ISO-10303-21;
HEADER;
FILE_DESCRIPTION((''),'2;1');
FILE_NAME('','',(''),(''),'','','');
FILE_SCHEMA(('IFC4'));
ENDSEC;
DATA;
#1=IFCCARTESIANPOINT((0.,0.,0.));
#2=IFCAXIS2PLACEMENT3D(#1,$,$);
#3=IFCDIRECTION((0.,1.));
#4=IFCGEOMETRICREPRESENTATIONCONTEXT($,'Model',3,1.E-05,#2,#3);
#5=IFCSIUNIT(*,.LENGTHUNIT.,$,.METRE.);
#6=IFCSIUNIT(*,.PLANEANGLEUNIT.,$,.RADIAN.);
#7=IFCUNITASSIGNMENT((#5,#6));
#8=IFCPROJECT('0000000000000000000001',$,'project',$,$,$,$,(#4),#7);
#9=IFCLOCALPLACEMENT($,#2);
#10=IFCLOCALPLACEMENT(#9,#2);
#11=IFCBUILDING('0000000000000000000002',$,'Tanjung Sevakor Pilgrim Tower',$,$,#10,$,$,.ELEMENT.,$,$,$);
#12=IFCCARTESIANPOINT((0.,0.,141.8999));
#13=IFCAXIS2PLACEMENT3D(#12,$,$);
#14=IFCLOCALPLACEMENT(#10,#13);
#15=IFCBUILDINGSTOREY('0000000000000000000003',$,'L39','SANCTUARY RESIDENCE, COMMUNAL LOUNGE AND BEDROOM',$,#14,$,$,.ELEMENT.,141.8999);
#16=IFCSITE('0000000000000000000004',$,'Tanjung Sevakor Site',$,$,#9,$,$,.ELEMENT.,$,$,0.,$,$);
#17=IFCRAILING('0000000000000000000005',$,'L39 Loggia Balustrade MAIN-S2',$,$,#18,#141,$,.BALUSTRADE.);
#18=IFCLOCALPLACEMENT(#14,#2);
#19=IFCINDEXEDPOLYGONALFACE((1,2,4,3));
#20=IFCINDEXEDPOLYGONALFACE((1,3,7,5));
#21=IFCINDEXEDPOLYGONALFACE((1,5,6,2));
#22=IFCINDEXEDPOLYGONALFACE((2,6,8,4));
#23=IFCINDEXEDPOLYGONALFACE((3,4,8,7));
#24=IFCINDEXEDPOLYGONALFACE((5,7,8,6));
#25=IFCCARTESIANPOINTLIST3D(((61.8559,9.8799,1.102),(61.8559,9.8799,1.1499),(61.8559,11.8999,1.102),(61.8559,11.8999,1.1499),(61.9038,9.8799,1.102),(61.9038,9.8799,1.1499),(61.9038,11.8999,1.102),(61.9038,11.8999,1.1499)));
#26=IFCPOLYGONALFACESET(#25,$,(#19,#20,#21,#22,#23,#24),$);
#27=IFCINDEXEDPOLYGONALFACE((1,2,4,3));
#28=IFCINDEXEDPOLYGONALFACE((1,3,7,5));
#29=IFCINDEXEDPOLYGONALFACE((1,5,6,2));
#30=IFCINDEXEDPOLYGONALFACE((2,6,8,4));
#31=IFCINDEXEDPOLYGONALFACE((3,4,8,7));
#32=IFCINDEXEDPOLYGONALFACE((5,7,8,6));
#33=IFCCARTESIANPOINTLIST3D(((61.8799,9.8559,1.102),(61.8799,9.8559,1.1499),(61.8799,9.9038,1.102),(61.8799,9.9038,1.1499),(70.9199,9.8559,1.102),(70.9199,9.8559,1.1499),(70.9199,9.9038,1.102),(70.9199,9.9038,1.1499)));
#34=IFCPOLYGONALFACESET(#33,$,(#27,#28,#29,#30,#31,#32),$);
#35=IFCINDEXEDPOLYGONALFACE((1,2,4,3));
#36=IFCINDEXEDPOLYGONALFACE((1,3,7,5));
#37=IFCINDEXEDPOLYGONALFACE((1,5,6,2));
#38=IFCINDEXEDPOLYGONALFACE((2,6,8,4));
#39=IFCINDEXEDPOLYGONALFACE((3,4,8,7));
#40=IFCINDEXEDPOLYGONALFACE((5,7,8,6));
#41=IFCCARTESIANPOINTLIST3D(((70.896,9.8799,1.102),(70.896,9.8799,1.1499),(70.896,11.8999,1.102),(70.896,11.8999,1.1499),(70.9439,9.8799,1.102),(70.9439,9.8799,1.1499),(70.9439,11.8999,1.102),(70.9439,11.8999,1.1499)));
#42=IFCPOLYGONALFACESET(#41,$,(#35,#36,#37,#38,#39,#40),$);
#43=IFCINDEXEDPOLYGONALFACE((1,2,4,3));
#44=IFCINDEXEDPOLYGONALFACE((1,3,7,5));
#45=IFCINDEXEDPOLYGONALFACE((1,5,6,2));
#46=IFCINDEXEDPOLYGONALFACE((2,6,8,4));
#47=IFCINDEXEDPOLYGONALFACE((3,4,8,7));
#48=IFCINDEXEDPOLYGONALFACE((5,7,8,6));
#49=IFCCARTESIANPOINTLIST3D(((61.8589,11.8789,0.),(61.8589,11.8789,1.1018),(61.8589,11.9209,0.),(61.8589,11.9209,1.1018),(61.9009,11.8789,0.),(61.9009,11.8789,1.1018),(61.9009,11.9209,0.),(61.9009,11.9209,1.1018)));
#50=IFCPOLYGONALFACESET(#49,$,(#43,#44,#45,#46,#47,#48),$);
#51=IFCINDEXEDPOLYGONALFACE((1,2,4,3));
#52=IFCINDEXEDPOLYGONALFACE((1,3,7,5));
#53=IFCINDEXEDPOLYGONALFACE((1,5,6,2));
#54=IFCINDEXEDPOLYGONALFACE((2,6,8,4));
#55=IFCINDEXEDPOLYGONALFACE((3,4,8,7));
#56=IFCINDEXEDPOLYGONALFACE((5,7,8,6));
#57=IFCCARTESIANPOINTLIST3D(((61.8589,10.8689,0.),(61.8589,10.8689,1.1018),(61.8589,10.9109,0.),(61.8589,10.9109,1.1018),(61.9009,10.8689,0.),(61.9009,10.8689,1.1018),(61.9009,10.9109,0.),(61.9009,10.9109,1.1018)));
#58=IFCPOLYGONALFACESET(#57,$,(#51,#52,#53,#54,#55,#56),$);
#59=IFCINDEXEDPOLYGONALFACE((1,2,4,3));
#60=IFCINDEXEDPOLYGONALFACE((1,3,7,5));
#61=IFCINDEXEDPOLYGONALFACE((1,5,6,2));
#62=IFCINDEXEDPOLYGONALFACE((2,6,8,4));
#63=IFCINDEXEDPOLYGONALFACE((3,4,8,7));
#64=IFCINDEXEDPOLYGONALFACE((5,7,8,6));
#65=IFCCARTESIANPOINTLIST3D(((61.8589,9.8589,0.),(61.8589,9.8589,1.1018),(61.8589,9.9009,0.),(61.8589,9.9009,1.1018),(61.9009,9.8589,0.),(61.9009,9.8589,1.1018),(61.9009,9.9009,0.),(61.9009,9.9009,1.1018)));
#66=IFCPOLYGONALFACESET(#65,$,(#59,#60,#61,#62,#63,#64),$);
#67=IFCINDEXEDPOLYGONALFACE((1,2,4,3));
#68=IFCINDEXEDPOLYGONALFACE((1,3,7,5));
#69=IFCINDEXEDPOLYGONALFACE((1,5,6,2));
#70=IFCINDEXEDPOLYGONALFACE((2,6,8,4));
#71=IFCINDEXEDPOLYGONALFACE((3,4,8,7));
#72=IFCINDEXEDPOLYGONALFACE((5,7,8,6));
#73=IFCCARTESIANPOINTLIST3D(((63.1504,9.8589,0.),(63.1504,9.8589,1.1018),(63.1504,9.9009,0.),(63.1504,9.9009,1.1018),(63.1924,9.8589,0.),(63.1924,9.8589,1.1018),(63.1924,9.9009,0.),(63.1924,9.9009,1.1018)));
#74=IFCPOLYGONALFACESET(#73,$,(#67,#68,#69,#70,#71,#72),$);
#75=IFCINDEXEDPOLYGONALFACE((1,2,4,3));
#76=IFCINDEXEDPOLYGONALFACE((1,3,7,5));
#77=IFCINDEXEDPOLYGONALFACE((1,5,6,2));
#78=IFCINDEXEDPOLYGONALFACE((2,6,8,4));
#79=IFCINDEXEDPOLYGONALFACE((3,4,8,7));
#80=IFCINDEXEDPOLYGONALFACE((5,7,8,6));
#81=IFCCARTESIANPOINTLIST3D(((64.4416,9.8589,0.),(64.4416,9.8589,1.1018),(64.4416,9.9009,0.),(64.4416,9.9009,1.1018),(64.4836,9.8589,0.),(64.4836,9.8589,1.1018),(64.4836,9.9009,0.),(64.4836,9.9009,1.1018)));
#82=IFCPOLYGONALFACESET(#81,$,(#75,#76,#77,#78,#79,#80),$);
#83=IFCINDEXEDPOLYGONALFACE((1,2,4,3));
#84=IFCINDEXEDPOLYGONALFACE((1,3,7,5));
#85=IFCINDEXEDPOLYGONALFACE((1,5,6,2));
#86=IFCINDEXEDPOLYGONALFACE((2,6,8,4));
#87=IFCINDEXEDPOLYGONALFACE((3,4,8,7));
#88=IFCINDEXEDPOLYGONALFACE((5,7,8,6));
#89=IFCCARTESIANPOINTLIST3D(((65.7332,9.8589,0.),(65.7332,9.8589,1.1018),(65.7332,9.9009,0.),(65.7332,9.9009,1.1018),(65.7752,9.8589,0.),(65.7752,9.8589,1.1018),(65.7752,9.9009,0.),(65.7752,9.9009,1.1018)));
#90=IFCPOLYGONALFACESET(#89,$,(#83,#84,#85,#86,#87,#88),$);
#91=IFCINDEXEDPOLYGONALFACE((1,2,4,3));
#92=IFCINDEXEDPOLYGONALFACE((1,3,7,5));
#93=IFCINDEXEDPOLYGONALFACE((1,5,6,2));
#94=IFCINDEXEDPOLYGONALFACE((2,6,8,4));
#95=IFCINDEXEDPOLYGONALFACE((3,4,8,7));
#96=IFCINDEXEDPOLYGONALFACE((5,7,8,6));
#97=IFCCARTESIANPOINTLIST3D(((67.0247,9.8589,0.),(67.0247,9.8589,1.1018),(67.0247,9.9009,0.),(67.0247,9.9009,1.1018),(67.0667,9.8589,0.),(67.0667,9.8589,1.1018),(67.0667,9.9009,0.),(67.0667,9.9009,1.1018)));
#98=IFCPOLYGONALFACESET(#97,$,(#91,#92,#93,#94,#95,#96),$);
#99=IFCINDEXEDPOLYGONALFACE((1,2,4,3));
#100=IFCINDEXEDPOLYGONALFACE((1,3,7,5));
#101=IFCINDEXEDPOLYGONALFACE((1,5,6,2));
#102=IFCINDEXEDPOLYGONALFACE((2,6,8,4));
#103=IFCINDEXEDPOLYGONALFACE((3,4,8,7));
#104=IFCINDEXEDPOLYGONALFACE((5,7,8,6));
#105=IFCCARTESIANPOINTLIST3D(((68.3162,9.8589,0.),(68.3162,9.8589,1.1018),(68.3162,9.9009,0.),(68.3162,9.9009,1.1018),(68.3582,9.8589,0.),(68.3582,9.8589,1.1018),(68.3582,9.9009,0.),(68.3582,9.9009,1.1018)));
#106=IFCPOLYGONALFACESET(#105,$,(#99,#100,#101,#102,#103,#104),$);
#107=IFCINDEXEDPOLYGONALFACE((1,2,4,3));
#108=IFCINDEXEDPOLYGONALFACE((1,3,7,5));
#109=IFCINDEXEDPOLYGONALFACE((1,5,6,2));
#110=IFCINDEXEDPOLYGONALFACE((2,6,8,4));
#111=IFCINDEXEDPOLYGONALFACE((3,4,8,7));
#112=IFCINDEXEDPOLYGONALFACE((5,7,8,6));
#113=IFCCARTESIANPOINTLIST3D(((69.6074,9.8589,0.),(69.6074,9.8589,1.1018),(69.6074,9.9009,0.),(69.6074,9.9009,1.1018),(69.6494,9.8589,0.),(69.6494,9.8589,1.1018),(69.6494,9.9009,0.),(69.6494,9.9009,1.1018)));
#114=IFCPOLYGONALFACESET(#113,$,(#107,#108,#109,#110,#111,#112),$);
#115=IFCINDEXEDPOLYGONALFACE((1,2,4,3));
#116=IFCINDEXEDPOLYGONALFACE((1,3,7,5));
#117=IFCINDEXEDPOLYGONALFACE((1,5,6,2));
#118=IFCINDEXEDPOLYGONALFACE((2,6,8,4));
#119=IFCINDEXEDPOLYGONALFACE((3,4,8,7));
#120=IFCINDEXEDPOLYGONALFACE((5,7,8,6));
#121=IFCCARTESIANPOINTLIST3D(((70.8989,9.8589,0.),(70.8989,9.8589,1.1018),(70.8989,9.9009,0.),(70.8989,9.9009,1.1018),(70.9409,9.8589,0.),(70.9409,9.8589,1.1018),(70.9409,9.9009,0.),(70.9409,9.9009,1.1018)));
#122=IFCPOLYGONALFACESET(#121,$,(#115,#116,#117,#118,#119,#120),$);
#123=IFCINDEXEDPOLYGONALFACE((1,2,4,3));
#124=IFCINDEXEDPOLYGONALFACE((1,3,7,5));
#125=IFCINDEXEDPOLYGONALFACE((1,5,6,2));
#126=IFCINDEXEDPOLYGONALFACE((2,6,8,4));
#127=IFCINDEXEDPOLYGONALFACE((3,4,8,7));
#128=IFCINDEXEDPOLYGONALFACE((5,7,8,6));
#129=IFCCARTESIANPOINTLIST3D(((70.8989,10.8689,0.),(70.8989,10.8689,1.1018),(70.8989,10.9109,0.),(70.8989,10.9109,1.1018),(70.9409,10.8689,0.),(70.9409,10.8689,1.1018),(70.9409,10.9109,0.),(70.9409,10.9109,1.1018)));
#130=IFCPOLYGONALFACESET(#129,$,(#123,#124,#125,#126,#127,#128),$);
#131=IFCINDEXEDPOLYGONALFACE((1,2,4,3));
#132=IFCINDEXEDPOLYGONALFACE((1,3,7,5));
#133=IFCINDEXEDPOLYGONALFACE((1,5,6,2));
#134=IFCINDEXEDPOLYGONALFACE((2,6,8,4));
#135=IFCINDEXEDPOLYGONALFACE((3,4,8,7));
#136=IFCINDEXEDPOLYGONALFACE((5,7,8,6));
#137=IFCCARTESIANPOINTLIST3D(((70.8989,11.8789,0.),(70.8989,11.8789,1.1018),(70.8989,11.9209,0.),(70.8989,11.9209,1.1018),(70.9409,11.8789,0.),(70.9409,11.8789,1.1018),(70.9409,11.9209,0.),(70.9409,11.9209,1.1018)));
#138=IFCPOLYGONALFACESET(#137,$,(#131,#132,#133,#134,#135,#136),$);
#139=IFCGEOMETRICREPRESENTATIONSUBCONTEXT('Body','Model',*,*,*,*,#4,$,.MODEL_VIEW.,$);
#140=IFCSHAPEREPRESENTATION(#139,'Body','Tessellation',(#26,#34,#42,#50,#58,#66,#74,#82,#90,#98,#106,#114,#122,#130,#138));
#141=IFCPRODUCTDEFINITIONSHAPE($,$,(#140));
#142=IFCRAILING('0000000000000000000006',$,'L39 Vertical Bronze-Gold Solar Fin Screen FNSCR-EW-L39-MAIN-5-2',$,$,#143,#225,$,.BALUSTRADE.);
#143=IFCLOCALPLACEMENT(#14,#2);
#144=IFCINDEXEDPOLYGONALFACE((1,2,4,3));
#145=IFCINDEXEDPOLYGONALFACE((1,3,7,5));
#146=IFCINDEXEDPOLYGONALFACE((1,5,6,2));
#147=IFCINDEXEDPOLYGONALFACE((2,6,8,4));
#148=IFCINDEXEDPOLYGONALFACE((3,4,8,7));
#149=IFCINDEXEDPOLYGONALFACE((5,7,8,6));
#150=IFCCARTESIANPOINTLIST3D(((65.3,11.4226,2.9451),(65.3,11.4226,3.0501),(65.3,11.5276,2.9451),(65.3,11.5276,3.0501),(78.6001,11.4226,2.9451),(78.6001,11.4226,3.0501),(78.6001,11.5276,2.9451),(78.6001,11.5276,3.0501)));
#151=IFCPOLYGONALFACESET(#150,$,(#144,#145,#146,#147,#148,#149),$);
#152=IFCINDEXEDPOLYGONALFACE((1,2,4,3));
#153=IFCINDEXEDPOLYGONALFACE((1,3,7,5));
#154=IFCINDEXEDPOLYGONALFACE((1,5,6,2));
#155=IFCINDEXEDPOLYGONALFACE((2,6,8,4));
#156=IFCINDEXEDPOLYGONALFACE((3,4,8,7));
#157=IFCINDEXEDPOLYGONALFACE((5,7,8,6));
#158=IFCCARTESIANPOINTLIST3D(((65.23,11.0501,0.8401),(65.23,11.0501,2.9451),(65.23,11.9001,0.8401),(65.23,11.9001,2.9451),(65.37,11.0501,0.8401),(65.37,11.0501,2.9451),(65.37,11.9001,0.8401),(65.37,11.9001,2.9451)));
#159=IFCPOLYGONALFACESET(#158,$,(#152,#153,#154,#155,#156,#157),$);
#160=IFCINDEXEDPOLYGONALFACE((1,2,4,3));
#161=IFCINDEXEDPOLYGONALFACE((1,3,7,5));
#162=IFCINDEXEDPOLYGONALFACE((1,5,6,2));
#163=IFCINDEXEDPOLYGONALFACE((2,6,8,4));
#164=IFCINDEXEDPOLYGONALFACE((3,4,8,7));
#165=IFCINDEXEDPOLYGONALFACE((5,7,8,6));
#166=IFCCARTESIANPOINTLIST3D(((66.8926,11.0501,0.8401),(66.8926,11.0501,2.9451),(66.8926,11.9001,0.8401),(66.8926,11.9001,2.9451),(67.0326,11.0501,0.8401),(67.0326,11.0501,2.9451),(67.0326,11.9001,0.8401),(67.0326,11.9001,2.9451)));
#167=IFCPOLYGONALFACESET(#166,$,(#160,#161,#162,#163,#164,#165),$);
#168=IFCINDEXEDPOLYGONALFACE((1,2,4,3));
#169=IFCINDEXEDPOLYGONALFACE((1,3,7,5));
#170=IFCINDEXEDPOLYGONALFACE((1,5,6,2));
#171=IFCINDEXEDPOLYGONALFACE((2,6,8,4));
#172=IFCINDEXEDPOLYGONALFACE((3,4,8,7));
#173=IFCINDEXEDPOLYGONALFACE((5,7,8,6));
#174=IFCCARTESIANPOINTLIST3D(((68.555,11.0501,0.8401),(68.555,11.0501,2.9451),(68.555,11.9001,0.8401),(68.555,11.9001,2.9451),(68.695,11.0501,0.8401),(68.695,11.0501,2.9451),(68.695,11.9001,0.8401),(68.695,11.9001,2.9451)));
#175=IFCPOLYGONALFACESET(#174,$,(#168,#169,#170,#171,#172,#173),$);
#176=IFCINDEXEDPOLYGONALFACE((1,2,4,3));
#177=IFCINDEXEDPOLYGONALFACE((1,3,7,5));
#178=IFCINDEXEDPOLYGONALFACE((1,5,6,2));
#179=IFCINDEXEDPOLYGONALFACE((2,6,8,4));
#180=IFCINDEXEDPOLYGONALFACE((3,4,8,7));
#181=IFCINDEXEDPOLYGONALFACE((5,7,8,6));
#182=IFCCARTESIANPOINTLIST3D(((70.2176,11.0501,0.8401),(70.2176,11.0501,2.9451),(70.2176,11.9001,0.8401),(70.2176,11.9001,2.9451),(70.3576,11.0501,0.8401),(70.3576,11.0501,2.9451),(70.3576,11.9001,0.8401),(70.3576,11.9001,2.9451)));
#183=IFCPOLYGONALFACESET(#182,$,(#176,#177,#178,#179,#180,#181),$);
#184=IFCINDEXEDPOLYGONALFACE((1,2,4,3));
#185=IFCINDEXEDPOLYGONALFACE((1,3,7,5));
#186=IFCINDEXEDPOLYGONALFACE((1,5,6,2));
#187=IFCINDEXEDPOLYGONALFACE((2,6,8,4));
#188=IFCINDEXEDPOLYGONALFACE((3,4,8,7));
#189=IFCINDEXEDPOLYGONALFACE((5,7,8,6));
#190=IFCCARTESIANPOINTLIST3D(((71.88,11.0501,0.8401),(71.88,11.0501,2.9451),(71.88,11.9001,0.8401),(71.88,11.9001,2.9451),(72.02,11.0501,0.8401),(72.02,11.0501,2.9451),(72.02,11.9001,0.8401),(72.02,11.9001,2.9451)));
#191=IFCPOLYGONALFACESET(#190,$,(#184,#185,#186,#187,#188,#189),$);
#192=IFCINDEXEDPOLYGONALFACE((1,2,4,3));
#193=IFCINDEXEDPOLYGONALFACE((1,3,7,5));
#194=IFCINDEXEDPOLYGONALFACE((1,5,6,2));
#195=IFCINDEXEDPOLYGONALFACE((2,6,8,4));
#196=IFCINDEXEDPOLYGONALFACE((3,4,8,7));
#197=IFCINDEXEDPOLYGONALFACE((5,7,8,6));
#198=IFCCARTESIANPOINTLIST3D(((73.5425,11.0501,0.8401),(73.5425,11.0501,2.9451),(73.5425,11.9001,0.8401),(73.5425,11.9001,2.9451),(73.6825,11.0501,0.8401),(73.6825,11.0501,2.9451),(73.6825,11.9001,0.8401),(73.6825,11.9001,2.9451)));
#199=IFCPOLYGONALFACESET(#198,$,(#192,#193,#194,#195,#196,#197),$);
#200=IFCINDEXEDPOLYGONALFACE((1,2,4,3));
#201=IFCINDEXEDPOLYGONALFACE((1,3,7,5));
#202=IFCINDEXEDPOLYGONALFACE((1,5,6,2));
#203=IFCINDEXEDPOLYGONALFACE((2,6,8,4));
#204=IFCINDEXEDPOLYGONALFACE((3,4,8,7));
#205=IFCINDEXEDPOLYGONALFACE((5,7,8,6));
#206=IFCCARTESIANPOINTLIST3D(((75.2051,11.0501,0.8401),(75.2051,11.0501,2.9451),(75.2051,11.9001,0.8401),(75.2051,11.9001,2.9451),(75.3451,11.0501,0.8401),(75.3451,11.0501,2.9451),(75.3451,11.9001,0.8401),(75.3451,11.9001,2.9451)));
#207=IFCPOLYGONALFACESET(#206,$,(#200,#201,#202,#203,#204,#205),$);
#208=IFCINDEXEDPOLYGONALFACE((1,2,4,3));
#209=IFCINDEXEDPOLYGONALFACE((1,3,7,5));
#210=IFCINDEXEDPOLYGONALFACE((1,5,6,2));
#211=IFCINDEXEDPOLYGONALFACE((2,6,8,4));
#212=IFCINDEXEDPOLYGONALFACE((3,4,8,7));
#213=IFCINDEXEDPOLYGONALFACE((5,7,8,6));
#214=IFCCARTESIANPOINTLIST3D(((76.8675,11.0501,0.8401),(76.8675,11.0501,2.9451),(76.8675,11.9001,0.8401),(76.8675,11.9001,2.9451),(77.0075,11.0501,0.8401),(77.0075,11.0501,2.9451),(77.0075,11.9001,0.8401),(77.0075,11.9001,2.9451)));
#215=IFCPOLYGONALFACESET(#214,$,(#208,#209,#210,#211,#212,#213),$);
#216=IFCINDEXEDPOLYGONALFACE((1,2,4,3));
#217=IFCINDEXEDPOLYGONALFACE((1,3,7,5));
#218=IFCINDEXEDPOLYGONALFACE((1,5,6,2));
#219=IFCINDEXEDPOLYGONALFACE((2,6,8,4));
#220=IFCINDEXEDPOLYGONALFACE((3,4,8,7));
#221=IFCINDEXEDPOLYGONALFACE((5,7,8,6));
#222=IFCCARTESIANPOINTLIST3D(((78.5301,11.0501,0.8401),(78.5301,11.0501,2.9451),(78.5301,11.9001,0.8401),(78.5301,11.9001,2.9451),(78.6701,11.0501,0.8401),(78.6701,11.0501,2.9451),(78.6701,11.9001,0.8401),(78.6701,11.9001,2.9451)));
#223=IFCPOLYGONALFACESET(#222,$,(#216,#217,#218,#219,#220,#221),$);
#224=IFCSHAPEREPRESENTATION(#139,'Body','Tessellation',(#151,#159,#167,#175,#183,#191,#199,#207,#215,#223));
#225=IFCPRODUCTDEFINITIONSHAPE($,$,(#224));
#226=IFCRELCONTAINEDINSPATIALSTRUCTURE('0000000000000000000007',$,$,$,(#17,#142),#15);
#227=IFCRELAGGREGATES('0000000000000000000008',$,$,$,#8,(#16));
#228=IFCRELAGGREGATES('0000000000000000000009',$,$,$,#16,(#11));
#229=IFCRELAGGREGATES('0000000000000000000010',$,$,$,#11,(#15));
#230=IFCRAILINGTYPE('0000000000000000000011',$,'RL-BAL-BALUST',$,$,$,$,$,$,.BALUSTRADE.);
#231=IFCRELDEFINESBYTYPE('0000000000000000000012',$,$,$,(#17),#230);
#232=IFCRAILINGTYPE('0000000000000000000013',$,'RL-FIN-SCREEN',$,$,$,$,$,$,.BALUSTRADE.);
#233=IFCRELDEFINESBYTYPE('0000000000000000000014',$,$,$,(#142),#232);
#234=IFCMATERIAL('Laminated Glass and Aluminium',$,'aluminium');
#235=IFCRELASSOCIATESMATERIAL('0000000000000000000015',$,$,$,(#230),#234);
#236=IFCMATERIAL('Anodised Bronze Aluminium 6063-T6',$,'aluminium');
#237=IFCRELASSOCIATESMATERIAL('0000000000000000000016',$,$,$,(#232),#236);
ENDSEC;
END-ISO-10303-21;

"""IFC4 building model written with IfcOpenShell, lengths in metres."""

from ifc_helpers import new_model, si_unit, direction, frame, origin, place, context, subcontext, project, spatial, rectangle, extrude, material, type_object, element, save


model = new_model("IFC4")

# Units and contexts
model_context = context("Model", 3, precision=1e-05, world=origin(), true_north=direction((0.0, 1.0)))
body_context = subcontext(model_context, "Body", "Model", "MODEL_VIEW")
ifc_project = project(units=[si_unit("LENGTHUNIT", "METRE"), si_unit("PLANEANGLEUNIT", "RADIAN")], contexts=[model_context])

# Site, building, storey
site_placement = place(None, origin())
site = spatial("IfcSite", under=ifc_project, at=site_placement, Name="Tanjung Sevakor Site", CompositionType="ELEMENT", RefElevation=0.0)
building_placement = place(site_placement, origin())
building = spatial("IfcBuilding", under=site, at=building_placement, Name="Tanjung Sevakor Pilgrim Tower", CompositionType="ELEMENT")
storey_placement = place(building_placement, frame((0.0, 0.0, 141.8999)))
storey = spatial("IfcBuildingStorey", under=building, at=storey_placement, Name="L39", Description="SANCTUARY RESIDENCE, COMMUNAL LOUNGE AND BEDROOM", CompositionType="ELEMENT", Elevation=141.8999)

# Railings
ifc_material_1 = material(Name="Laminated Glass and Aluminium", Category="aluminium")
railing_type_1 = type_object("IfcRailingType", Name="RL-BAL-BALUST", PredefinedType="BALUSTRADE", material=ifc_material_1)
railing_1_placement = place(storey_placement, frame((61.8799, 11.8999, 0.0)))
element("IfcRailing", 1, at=railing_1_placement, inside=storey, type_object=railing_type_1, Name="L39 Loggia Balustrade MAIN-S2", PredefinedType="BALUSTRADE", context=body_context, shape_type="SweptSolid", body=[
    extrude(rectangle(XDim=0.0479, YDim=0.0479), frame((0.0, 0.0, 1.126), z_axis=(0.0, -1.0, 0.0), x_axis=(1.0, 0.0, 0.0)), (0.0, 0.0, 1.0), 2.02),
    extrude(rectangle(XDim=0.0479, YDim=0.0479), frame((0.0, -2.02, 1.126), z_axis=(1.0, 0.0, 0.0), x_axis=(0.0, 1.0, 0.0)), (0.0, 0.0, 1.0), 9.04),
    extrude(rectangle(XDim=0.0479, YDim=0.0479), frame((9.04, -2.02, 1.126), z_axis=(0.0, 1.0, 0.0), x_axis=(-1.0, 0.0, 0.0)), (0.0, 0.0, 1.0), 2.02),
    extrude(rectangle(XDim=0.042, YDim=0.042), origin(), (0.0, 0.0, 1.0), 1.1018),
    extrude(rectangle(XDim=0.042, YDim=0.042), frame((0.0, -1.01, 0.0)), (0.0, 0.0, 1.0), 1.1018),
    extrude(rectangle(XDim=0.042, YDim=0.042), frame((0.0, -2.02, 0.0)), (0.0, 0.0, 1.0), 1.1018),
    extrude(rectangle(XDim=0.042, YDim=0.042), frame((1.2915, -2.02, 0.0)), (0.0, 0.0, 1.0), 1.1018),
    extrude(rectangle(XDim=0.042, YDim=0.042), frame((2.5828, -2.02, 0.0)), (0.0, 0.0, 1.0), 1.1018),
    extrude(rectangle(XDim=0.042, YDim=0.042), frame((3.8743, -2.02, 0.0)), (0.0, 0.0, 1.0), 1.1018),
    extrude(rectangle(XDim=0.042, YDim=0.042), frame((5.1658, -2.02, 0.0)), (0.0, 0.0, 1.0), 1.1018),
    extrude(rectangle(XDim=0.042, YDim=0.042), frame((6.4573, -2.02, 0.0)), (0.0, 0.0, 1.0), 1.1018),
    extrude(rectangle(XDim=0.042, YDim=0.042), frame((7.7485, -2.02, 0.0)), (0.0, 0.0, 1.0), 1.1018),
    extrude(rectangle(XDim=0.042, YDim=0.042), frame((9.04, -2.02, 0.0)), (0.0, 0.0, 1.0), 1.1018),
    extrude(rectangle(XDim=0.042, YDim=0.042), frame((9.04, -1.01, 0.0)), (0.0, 0.0, 1.0), 1.1018),
    extrude(rectangle(XDim=0.042, YDim=0.042), frame((9.04, 0.0, 0.0)), (0.0, 0.0, 1.0), 1.1018),
])
ifc_material_2 = material(Name="Anodised Bronze Aluminium 6063-T6", Category="aluminium")
railing_type_2 = type_object("IfcRailingType", Name="RL-FIN-SCREEN", PredefinedType="BALUSTRADE", material=ifc_material_2)
railing_2_placement = place(storey_placement, frame((65.3, 11.4751, 0.8401)))
element("IfcRailing", 2, at=railing_2_placement, inside=storey, type_object=railing_type_2, Name="L39 Vertical Bronze-Gold Solar Fin Screen FNSCR-EW-L39-MAIN-5-2", PredefinedType="BALUSTRADE", context=body_context, shape_type="SweptSolid", body=[
    extrude(rectangle(XDim=0.105, YDim=0.105), frame((0.0, 0.0, 2.1575), z_axis=(1.0, 0.0, 0.0), x_axis=(0.0, 1.0, 0.0)), (0.0, 0.0, 1.0), 13.3),
    extrude(rectangle(XDim=0.14, YDim=0.85), origin(), (0.0, 0.0, 1.0), 2.105),
    extrude(rectangle(XDim=0.14, YDim=0.85), frame((1.6626, 0.0, 0.0)), (0.0, 0.0, 1.0), 2.105),
    extrude(rectangle(XDim=0.14, YDim=0.85), frame((3.325, 0.0, 0.0)), (0.0, 0.0, 1.0), 2.105),
    extrude(rectangle(XDim=0.14, YDim=0.85), frame((4.9875, 0.0, 0.0)), (0.0, 0.0, 1.0), 2.105),
    extrude(rectangle(XDim=0.14, YDim=0.85), frame((6.6499, 0.0, 0.0)), (0.0, 0.0, 1.0), 2.105),
    extrude(rectangle(XDim=0.14, YDim=0.85), frame((8.3125, 0.0, 0.0)), (0.0, 0.0, 1.0), 2.105),
    extrude(rectangle(XDim=0.14, YDim=0.85), frame((9.9751, 0.0, 0.0)), (0.0, 0.0, 1.0), 2.105),
    extrude(rectangle(XDim=0.14, YDim=0.85), frame((11.6375, 0.0, 0.0)), (0.0, 0.0, 1.0), 2.105),
    extrude(rectangle(XDim=0.14, YDim=0.85), frame((13.3, 0.0, 0.0)), (0.0, 0.0, 1.0), 2.105),
])

save(model, "model.ifc")
